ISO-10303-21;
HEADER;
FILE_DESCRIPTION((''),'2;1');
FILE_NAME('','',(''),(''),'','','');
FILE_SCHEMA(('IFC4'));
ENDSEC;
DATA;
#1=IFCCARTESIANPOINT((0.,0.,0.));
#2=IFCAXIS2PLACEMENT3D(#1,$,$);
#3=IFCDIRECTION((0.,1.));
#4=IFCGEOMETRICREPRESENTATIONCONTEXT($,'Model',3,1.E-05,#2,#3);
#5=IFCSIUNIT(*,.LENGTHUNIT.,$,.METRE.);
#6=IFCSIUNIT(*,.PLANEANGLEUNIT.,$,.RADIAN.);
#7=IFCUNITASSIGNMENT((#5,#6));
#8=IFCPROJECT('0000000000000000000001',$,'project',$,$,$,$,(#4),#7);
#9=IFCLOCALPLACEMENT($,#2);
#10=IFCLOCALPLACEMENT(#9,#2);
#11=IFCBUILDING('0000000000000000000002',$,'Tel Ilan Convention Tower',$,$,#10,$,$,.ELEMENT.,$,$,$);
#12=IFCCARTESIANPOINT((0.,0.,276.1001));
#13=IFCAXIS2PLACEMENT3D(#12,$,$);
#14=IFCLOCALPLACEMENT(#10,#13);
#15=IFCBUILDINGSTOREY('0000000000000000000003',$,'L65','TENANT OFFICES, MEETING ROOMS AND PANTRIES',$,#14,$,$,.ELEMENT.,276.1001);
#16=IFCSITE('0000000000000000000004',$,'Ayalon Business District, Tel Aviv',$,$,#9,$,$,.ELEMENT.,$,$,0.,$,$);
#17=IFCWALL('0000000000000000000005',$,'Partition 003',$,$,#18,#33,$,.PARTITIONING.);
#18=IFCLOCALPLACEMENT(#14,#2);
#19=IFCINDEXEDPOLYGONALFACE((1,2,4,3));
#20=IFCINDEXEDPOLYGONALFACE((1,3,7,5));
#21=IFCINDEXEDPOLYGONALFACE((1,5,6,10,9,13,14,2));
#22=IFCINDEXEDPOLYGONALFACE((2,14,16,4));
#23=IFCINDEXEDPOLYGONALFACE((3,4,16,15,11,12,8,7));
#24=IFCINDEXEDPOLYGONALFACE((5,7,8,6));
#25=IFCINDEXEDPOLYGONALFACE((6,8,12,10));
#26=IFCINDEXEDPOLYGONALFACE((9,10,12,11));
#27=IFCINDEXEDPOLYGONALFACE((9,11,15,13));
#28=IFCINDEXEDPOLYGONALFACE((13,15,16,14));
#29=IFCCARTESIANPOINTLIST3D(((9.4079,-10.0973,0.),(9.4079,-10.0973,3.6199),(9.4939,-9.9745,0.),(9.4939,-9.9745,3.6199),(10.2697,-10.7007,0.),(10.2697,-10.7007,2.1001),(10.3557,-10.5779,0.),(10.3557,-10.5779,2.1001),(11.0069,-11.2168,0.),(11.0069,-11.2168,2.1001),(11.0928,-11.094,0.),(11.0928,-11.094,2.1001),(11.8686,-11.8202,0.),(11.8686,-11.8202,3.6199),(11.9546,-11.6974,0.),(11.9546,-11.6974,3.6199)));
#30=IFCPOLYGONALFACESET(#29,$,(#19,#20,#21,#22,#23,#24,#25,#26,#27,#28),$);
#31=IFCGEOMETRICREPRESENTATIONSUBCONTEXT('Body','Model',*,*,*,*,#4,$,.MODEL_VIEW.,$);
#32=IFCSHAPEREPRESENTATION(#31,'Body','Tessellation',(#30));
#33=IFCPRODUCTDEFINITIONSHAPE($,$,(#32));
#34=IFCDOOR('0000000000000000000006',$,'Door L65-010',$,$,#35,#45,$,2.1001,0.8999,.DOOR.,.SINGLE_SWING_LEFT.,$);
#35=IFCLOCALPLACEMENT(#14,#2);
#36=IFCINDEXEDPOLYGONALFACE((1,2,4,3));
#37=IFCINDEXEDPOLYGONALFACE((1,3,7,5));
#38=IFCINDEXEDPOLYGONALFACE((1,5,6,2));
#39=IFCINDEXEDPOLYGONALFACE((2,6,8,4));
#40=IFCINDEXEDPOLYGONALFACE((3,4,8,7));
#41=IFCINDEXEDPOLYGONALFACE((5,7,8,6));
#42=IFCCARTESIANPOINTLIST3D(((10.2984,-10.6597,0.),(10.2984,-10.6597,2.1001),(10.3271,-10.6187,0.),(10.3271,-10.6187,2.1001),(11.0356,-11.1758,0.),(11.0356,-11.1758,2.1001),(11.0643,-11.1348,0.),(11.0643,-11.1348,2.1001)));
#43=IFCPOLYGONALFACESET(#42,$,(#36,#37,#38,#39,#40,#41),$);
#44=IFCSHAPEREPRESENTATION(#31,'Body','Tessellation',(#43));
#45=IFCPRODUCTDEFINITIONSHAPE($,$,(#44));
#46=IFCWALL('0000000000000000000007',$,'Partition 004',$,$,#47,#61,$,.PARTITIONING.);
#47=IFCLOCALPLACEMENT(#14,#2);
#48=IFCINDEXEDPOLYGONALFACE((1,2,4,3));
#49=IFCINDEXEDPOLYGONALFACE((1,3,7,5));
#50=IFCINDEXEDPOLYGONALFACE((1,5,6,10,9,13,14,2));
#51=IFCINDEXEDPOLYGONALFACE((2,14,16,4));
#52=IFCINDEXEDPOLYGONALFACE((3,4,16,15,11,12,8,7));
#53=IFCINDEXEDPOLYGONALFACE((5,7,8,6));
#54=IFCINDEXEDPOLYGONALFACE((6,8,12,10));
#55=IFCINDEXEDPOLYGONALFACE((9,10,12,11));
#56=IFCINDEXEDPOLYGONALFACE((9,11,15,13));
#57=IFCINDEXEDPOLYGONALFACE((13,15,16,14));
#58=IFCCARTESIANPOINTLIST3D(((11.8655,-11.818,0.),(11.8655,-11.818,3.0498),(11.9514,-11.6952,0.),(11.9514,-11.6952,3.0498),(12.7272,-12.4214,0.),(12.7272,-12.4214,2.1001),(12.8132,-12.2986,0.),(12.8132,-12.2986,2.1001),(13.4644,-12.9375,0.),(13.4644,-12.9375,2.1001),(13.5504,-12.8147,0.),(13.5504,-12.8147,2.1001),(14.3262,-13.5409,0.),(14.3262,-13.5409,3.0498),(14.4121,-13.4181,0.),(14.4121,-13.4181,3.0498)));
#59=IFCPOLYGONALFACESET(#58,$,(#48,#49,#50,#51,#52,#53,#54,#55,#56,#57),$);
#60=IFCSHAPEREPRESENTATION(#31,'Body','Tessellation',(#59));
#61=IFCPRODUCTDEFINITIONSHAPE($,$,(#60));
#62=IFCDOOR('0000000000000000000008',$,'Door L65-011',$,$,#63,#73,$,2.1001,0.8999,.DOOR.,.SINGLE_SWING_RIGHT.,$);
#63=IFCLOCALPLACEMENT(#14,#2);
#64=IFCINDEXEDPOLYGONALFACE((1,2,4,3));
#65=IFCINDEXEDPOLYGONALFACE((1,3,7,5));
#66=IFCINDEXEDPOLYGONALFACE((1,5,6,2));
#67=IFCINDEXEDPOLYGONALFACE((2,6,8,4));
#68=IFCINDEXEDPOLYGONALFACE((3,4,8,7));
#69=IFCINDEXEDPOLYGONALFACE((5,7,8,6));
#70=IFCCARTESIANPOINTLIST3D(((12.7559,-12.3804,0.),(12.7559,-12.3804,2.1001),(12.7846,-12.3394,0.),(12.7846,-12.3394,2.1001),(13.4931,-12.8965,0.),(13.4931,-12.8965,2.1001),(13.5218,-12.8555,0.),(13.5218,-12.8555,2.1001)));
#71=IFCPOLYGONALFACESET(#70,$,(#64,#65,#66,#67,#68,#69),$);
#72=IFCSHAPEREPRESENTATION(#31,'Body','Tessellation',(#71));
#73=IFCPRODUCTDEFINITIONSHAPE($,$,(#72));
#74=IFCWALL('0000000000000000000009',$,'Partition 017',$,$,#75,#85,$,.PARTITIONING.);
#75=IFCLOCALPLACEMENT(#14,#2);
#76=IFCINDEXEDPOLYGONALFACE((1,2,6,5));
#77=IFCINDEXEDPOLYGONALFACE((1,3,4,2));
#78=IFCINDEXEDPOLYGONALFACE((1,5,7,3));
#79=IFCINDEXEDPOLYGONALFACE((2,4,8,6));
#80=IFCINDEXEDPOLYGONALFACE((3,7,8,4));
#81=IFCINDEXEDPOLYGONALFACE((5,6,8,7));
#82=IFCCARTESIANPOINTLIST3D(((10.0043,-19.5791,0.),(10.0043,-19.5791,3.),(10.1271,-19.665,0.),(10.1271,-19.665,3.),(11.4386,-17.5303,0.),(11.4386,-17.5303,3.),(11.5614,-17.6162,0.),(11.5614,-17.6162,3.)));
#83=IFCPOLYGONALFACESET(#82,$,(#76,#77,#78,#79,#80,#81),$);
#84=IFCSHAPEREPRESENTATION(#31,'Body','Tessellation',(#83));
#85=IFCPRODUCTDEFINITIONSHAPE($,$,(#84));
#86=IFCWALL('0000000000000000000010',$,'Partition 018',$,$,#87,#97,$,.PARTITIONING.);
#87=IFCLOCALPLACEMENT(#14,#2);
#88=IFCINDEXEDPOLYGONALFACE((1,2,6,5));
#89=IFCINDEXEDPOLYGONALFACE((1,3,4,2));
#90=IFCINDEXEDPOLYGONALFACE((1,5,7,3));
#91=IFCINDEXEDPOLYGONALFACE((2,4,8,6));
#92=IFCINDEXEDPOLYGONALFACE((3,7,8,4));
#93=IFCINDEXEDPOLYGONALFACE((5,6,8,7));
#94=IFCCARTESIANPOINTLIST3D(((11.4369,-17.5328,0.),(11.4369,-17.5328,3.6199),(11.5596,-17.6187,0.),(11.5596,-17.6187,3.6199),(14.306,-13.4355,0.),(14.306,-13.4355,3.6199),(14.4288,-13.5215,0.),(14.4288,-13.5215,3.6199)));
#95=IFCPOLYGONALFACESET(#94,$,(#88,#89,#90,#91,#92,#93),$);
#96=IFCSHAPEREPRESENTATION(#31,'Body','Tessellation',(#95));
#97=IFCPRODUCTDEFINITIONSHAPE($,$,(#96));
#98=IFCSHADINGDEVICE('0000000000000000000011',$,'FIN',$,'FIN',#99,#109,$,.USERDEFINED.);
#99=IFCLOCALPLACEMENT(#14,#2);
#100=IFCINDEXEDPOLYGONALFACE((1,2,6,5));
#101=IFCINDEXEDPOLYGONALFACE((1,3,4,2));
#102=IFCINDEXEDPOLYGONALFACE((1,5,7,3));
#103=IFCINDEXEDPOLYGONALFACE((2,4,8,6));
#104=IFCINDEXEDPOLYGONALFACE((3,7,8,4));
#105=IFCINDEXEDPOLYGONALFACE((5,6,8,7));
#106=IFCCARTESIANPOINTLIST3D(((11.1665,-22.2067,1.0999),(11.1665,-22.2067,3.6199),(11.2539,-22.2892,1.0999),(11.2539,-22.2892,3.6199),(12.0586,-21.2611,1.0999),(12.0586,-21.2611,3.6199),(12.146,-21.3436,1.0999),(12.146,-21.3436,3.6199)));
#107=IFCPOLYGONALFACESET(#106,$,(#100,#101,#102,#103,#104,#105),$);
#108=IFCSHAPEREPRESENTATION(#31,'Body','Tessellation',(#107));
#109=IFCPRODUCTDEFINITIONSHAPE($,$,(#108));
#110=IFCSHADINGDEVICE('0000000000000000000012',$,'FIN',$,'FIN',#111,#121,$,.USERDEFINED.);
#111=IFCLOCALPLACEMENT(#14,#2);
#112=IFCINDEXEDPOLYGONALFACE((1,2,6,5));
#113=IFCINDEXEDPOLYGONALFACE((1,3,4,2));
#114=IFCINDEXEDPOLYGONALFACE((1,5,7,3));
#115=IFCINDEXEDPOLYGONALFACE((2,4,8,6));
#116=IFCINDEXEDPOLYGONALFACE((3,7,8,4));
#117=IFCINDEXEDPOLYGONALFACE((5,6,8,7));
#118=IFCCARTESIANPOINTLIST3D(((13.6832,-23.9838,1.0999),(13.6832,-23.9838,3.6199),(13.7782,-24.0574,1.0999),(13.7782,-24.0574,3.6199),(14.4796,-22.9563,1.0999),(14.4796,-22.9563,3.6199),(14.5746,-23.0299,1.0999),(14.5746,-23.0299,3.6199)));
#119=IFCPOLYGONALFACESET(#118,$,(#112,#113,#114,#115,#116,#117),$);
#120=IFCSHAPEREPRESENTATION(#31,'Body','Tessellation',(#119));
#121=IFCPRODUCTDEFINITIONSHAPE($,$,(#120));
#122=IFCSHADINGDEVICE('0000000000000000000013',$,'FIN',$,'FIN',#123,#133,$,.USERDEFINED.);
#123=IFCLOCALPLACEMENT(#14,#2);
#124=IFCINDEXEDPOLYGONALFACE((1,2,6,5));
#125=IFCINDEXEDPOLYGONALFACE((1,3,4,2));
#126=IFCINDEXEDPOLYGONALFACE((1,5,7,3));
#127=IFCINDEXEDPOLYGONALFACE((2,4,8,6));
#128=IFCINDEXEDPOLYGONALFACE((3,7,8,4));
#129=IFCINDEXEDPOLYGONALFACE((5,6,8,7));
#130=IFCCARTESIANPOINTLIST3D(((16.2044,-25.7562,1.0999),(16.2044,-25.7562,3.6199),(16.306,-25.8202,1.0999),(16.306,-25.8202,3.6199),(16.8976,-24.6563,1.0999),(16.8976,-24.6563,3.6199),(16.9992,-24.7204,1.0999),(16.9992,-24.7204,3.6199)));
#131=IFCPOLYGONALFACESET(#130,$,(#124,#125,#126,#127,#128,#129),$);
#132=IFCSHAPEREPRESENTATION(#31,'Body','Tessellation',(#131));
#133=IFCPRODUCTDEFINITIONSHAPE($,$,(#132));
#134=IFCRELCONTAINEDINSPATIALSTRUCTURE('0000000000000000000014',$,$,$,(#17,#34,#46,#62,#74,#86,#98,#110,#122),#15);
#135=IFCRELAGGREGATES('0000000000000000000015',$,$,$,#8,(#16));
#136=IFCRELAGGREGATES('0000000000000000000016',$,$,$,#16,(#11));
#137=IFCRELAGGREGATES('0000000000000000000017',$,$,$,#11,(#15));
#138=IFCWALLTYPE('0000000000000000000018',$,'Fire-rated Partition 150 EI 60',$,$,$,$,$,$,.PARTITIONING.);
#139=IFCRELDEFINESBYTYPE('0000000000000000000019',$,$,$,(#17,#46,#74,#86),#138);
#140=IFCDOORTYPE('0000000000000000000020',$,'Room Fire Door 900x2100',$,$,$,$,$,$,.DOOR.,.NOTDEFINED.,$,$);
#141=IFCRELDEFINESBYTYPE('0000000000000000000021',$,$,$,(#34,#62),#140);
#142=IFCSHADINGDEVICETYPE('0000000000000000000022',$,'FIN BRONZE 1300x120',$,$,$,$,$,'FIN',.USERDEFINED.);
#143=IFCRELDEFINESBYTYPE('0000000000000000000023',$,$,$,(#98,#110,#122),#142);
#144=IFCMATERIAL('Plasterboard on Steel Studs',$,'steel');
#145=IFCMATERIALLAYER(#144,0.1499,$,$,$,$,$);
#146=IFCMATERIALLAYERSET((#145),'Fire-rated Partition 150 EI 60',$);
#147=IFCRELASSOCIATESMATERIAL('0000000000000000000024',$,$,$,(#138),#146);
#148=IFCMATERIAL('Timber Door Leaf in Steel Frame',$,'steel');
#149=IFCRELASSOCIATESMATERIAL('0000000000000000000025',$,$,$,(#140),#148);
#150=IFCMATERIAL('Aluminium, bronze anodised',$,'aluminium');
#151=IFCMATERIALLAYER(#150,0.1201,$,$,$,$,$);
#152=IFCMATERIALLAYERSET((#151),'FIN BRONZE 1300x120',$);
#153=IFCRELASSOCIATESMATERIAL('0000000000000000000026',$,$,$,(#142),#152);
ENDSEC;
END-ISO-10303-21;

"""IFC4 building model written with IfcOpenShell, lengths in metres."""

from ifc_helpers import new_model, si_unit, direction, frame, frame_2d, origin, origin_2d, place, context, subcontext, project, spatial, rectangle, extrude, material, layer, layer_set, type_object, element, fill, save


model = new_model("IFC4")

# Units and contexts
model_context = context("Model", 3, precision=1e-05, world=origin(), true_north=direction((0.0, 1.0)))
body_context = subcontext(model_context, "Body", "Model", "MODEL_VIEW")
ifc_project = project(units=[si_unit("LENGTHUNIT", "METRE"), si_unit("PLANEANGLEUNIT", "RADIAN")], contexts=[model_context])

# Site, building, storey
site_placement = place(None, origin())
site = spatial("IfcSite", under=ifc_project, at=site_placement, Name="Ayalon Business District, Tel Aviv", CompositionType="ELEMENT", RefElevation=0.0)
building_placement = place(site_placement, origin())
building = spatial("IfcBuilding", under=site, at=building_placement, Name="Tel Ilan Convention Tower", CompositionType="ELEMENT")
storey_placement = place(building_placement, frame((0.0, 0.0, 276.1001)))
storey = spatial("IfcBuildingStorey", under=building, at=storey_placement, Name="L65", Description="TENANT OFFICES, MEETING ROOMS AND PANTRIES", CompositionType="ELEMENT", Elevation=276.1001)

# Walls, openings, doors
ifc_material_1 = material(Name="Plasterboard on Steel Studs", Category="steel")
ifc_layer_1 = layer(ifc_material_1, 0.1499)
ifc_layer_set_1 = layer_set([ifc_layer_1], Name="Fire-rated Partition 150 EI 60")
wall_type = type_object("IfcWallType", Name="Fire-rated Partition 150 EI 60", PredefinedType="PARTITIONING", material=ifc_layer_set_1)
wall_1_placement = place(storey_placement, frame((11.9116, -11.7588, 0.0), z_axis=(0.0, 0.0, 1.0), x_axis=(-0.819167, 0.573555, 0.0)))
wall_1 = element("IfcWall", 1, at=wall_1_placement, inside=storey, type_object=wall_type, Name="Partition 003", PredefinedType="PARTITIONING", context=body_context, shape_type="SweptSolid", body=[
    extrude(rectangle(XDim=3.0039, YDim=0.1499, at=frame_2d((1.502, 0.0))), origin(), (0.0, 0.0, 1.0), 3.6199),
])
opening_1_placement = place(wall_1_placement, frame((1.052, 0.0, 0.0)))
opening_1 = element("IfcOpeningElement", 2, at=opening_1_placement, cuts=wall_1, PredefinedType="OPENING", context=body_context, shape_type="SweptSolid", body=[
    extrude(rectangle(XDim=0.8999, YDim=2.1001, at=frame_2d((0.45, 1.05))), frame((0.0, 0.085, 0.0), z_axis=(0.0, -1.0, 0.0), x_axis=(1.0, 0.0, 0.0)), (0.0, 0.0, 1.0), 0.1699),
])
ifc_material_2 = material(Name="Timber Door Leaf in Steel Frame", Category="steel")
door_type = type_object("IfcDoorType", Name="Room Fire Door 900x2100", OperationType="NOTDEFINED", PredefinedType="DOOR", material=ifc_material_2)
door_1_placement = place(opening_1_placement, origin())
door_1 = element("IfcDoor", 3, at=door_1_placement, inside=storey, type_object=door_type, Name="Door L65-010", OperationType="SINGLE_SWING_LEFT", OverallHeight=2.1001, OverallWidth=0.8999, PredefinedType="DOOR", context=body_context, shape_type="SweptSolid", body=[
    extrude(rectangle(XDim=0.8999, YDim=2.1001, at=frame_2d((0.45, 1.05))), frame((0.0, 0.0249, 0.0), z_axis=(0.0, -1.0, 0.0), x_axis=(1.0, 0.0, 0.0)), (0.0, 0.0, 1.0), 0.05),
])
fill(opening_1, door_1)
wall_2_placement = place(storey_placement, frame((14.3691, -13.4795, 0.0), z_axis=(0.0, 0.0, 1.0), x_axis=(-0.819167, 0.573555, 0.0)))
wall_2 = element("IfcWall", 4, at=wall_2_placement, inside=storey, type_object=wall_type, Name="Partition 004", PredefinedType="PARTITIONING", context=body_context, shape_type="SweptSolid", body=[
    extrude(rectangle(XDim=3.0039, YDim=0.1499, at=frame_2d((1.502, 0.0))), origin(), (0.0, 0.0, 1.0), 3.0498),
])
opening_2_placement = place(wall_2_placement, frame((1.052, 0.0, 0.0)))
opening_2 = element("IfcOpeningElement", 5, at=opening_2_placement, cuts=wall_2, PredefinedType="OPENING", context=body_context, shape_type="SweptSolid", body=[
    extrude(rectangle(XDim=0.8999, YDim=2.1001, at=frame_2d((0.45, 1.05))), frame((0.0, 0.085, 0.0), z_axis=(0.0, -1.0, 0.0), x_axis=(1.0, 0.0, 0.0)), (0.0, 0.0, 1.0), 0.1699),
])
door_2_placement = place(opening_2_placement, origin())
door_2 = element("IfcDoor", 6, at=door_2_placement, inside=storey, type_object=door_type, Name="Door L65-011", OperationType="SINGLE_SWING_RIGHT", OverallHeight=2.1001, OverallWidth=0.8999, PredefinedType="DOOR", context=body_context, shape_type="SweptSolid", body=[
    extrude(rectangle(XDim=0.8999, YDim=2.1001, at=frame_2d((0.45, 1.05))), frame((0.0, 0.0249, 0.0), z_axis=(0.0, -1.0, 0.0), x_axis=(1.0, 0.0, 0.0)), (0.0, 0.0, 1.0), 0.05),
])
fill(opening_2, door_2)

# Walls
wall_3_placement = place(storey_placement, frame((11.5, -17.5732, 0.0), z_axis=(0.0, 0.0, 1.0), x_axis=(-0.573502, -0.819204, 0.0)))
element("IfcWall", 7, at=wall_3_placement, inside=storey, type_object=wall_type, Name="Partition 017", PredefinedType="PARTITIONING", context=body_context, shape_type="SweptSolid", body=[
    extrude(rectangle(XDim=2.501, YDim=0.1499, at=frame_2d((1.2505, 0.0))), origin(), (0.0, 0.0, 1.0), 3.0),
])
wall_4_placement = place(storey_placement, frame((14.3674, -13.4785, 0.0), z_axis=(0.0, 0.0, 1.0), x_axis=(-0.573613, -0.819126, 0.0)))
element("IfcWall", 8, at=wall_4_placement, inside=storey, type_object=wall_type, Name="Partition 018", PredefinedType="PARTITIONING", context=body_context, shape_type="SweptSolid", body=[
    extrude(rectangle(XDim=5.002, YDim=0.1499, at=frame_2d((2.501, 0.0))), origin(), (0.0, 0.0, 1.0), 3.6199),
])

# Shading devices
ifc_material_3 = material(Name="Aluminium, bronze anodised", Category="aluminium")
ifc_layer_2 = layer(ifc_material_3, 0.1201)
ifc_layer_set_2 = layer_set([ifc_layer_2], Name="FIN BRONZE 1300x120")
shading_device_type = type_object("IfcShadingDeviceType", Name="FIN BRONZE 1300x120", ElementType="FIN", PredefinedType="USERDEFINED", material=ifc_layer_set_2)
for number, where, z_axis, x_axis, name in (
    (9, (11.6562, -21.7751, 1.0999), (0.0, 0.0, 1.0), (-0.686242, -0.727374, 0.0), "FIN"),
    (10, (14.1289, -23.5068, 1.0999), (0.0, 0.0, 1.0), (-0.612601, -0.790393, 0.0), "FIN"),
    (11, (16.6018, -25.2383, 1.0999), (0.0, 0.0, 1.0), (-0.533204, -0.845986, 0.0), "FIN"),
):
    element("IfcShadingDevice", number, at=place(storey_placement, frame(where, z_axis=z_axis, x_axis=x_axis)), inside=storey, type_object=shading_device_type, Name=name, ObjectType="FIN", PredefinedType="USERDEFINED", context=body_context, shape_type="SweptSolid", body=[
        extrude(rectangle(XDim=1.3, YDim=0.1201, at=origin_2d()), origin(), (0.0, 0.0, 1.0), 2.52),
    ])

save(model, "model.ifc")
